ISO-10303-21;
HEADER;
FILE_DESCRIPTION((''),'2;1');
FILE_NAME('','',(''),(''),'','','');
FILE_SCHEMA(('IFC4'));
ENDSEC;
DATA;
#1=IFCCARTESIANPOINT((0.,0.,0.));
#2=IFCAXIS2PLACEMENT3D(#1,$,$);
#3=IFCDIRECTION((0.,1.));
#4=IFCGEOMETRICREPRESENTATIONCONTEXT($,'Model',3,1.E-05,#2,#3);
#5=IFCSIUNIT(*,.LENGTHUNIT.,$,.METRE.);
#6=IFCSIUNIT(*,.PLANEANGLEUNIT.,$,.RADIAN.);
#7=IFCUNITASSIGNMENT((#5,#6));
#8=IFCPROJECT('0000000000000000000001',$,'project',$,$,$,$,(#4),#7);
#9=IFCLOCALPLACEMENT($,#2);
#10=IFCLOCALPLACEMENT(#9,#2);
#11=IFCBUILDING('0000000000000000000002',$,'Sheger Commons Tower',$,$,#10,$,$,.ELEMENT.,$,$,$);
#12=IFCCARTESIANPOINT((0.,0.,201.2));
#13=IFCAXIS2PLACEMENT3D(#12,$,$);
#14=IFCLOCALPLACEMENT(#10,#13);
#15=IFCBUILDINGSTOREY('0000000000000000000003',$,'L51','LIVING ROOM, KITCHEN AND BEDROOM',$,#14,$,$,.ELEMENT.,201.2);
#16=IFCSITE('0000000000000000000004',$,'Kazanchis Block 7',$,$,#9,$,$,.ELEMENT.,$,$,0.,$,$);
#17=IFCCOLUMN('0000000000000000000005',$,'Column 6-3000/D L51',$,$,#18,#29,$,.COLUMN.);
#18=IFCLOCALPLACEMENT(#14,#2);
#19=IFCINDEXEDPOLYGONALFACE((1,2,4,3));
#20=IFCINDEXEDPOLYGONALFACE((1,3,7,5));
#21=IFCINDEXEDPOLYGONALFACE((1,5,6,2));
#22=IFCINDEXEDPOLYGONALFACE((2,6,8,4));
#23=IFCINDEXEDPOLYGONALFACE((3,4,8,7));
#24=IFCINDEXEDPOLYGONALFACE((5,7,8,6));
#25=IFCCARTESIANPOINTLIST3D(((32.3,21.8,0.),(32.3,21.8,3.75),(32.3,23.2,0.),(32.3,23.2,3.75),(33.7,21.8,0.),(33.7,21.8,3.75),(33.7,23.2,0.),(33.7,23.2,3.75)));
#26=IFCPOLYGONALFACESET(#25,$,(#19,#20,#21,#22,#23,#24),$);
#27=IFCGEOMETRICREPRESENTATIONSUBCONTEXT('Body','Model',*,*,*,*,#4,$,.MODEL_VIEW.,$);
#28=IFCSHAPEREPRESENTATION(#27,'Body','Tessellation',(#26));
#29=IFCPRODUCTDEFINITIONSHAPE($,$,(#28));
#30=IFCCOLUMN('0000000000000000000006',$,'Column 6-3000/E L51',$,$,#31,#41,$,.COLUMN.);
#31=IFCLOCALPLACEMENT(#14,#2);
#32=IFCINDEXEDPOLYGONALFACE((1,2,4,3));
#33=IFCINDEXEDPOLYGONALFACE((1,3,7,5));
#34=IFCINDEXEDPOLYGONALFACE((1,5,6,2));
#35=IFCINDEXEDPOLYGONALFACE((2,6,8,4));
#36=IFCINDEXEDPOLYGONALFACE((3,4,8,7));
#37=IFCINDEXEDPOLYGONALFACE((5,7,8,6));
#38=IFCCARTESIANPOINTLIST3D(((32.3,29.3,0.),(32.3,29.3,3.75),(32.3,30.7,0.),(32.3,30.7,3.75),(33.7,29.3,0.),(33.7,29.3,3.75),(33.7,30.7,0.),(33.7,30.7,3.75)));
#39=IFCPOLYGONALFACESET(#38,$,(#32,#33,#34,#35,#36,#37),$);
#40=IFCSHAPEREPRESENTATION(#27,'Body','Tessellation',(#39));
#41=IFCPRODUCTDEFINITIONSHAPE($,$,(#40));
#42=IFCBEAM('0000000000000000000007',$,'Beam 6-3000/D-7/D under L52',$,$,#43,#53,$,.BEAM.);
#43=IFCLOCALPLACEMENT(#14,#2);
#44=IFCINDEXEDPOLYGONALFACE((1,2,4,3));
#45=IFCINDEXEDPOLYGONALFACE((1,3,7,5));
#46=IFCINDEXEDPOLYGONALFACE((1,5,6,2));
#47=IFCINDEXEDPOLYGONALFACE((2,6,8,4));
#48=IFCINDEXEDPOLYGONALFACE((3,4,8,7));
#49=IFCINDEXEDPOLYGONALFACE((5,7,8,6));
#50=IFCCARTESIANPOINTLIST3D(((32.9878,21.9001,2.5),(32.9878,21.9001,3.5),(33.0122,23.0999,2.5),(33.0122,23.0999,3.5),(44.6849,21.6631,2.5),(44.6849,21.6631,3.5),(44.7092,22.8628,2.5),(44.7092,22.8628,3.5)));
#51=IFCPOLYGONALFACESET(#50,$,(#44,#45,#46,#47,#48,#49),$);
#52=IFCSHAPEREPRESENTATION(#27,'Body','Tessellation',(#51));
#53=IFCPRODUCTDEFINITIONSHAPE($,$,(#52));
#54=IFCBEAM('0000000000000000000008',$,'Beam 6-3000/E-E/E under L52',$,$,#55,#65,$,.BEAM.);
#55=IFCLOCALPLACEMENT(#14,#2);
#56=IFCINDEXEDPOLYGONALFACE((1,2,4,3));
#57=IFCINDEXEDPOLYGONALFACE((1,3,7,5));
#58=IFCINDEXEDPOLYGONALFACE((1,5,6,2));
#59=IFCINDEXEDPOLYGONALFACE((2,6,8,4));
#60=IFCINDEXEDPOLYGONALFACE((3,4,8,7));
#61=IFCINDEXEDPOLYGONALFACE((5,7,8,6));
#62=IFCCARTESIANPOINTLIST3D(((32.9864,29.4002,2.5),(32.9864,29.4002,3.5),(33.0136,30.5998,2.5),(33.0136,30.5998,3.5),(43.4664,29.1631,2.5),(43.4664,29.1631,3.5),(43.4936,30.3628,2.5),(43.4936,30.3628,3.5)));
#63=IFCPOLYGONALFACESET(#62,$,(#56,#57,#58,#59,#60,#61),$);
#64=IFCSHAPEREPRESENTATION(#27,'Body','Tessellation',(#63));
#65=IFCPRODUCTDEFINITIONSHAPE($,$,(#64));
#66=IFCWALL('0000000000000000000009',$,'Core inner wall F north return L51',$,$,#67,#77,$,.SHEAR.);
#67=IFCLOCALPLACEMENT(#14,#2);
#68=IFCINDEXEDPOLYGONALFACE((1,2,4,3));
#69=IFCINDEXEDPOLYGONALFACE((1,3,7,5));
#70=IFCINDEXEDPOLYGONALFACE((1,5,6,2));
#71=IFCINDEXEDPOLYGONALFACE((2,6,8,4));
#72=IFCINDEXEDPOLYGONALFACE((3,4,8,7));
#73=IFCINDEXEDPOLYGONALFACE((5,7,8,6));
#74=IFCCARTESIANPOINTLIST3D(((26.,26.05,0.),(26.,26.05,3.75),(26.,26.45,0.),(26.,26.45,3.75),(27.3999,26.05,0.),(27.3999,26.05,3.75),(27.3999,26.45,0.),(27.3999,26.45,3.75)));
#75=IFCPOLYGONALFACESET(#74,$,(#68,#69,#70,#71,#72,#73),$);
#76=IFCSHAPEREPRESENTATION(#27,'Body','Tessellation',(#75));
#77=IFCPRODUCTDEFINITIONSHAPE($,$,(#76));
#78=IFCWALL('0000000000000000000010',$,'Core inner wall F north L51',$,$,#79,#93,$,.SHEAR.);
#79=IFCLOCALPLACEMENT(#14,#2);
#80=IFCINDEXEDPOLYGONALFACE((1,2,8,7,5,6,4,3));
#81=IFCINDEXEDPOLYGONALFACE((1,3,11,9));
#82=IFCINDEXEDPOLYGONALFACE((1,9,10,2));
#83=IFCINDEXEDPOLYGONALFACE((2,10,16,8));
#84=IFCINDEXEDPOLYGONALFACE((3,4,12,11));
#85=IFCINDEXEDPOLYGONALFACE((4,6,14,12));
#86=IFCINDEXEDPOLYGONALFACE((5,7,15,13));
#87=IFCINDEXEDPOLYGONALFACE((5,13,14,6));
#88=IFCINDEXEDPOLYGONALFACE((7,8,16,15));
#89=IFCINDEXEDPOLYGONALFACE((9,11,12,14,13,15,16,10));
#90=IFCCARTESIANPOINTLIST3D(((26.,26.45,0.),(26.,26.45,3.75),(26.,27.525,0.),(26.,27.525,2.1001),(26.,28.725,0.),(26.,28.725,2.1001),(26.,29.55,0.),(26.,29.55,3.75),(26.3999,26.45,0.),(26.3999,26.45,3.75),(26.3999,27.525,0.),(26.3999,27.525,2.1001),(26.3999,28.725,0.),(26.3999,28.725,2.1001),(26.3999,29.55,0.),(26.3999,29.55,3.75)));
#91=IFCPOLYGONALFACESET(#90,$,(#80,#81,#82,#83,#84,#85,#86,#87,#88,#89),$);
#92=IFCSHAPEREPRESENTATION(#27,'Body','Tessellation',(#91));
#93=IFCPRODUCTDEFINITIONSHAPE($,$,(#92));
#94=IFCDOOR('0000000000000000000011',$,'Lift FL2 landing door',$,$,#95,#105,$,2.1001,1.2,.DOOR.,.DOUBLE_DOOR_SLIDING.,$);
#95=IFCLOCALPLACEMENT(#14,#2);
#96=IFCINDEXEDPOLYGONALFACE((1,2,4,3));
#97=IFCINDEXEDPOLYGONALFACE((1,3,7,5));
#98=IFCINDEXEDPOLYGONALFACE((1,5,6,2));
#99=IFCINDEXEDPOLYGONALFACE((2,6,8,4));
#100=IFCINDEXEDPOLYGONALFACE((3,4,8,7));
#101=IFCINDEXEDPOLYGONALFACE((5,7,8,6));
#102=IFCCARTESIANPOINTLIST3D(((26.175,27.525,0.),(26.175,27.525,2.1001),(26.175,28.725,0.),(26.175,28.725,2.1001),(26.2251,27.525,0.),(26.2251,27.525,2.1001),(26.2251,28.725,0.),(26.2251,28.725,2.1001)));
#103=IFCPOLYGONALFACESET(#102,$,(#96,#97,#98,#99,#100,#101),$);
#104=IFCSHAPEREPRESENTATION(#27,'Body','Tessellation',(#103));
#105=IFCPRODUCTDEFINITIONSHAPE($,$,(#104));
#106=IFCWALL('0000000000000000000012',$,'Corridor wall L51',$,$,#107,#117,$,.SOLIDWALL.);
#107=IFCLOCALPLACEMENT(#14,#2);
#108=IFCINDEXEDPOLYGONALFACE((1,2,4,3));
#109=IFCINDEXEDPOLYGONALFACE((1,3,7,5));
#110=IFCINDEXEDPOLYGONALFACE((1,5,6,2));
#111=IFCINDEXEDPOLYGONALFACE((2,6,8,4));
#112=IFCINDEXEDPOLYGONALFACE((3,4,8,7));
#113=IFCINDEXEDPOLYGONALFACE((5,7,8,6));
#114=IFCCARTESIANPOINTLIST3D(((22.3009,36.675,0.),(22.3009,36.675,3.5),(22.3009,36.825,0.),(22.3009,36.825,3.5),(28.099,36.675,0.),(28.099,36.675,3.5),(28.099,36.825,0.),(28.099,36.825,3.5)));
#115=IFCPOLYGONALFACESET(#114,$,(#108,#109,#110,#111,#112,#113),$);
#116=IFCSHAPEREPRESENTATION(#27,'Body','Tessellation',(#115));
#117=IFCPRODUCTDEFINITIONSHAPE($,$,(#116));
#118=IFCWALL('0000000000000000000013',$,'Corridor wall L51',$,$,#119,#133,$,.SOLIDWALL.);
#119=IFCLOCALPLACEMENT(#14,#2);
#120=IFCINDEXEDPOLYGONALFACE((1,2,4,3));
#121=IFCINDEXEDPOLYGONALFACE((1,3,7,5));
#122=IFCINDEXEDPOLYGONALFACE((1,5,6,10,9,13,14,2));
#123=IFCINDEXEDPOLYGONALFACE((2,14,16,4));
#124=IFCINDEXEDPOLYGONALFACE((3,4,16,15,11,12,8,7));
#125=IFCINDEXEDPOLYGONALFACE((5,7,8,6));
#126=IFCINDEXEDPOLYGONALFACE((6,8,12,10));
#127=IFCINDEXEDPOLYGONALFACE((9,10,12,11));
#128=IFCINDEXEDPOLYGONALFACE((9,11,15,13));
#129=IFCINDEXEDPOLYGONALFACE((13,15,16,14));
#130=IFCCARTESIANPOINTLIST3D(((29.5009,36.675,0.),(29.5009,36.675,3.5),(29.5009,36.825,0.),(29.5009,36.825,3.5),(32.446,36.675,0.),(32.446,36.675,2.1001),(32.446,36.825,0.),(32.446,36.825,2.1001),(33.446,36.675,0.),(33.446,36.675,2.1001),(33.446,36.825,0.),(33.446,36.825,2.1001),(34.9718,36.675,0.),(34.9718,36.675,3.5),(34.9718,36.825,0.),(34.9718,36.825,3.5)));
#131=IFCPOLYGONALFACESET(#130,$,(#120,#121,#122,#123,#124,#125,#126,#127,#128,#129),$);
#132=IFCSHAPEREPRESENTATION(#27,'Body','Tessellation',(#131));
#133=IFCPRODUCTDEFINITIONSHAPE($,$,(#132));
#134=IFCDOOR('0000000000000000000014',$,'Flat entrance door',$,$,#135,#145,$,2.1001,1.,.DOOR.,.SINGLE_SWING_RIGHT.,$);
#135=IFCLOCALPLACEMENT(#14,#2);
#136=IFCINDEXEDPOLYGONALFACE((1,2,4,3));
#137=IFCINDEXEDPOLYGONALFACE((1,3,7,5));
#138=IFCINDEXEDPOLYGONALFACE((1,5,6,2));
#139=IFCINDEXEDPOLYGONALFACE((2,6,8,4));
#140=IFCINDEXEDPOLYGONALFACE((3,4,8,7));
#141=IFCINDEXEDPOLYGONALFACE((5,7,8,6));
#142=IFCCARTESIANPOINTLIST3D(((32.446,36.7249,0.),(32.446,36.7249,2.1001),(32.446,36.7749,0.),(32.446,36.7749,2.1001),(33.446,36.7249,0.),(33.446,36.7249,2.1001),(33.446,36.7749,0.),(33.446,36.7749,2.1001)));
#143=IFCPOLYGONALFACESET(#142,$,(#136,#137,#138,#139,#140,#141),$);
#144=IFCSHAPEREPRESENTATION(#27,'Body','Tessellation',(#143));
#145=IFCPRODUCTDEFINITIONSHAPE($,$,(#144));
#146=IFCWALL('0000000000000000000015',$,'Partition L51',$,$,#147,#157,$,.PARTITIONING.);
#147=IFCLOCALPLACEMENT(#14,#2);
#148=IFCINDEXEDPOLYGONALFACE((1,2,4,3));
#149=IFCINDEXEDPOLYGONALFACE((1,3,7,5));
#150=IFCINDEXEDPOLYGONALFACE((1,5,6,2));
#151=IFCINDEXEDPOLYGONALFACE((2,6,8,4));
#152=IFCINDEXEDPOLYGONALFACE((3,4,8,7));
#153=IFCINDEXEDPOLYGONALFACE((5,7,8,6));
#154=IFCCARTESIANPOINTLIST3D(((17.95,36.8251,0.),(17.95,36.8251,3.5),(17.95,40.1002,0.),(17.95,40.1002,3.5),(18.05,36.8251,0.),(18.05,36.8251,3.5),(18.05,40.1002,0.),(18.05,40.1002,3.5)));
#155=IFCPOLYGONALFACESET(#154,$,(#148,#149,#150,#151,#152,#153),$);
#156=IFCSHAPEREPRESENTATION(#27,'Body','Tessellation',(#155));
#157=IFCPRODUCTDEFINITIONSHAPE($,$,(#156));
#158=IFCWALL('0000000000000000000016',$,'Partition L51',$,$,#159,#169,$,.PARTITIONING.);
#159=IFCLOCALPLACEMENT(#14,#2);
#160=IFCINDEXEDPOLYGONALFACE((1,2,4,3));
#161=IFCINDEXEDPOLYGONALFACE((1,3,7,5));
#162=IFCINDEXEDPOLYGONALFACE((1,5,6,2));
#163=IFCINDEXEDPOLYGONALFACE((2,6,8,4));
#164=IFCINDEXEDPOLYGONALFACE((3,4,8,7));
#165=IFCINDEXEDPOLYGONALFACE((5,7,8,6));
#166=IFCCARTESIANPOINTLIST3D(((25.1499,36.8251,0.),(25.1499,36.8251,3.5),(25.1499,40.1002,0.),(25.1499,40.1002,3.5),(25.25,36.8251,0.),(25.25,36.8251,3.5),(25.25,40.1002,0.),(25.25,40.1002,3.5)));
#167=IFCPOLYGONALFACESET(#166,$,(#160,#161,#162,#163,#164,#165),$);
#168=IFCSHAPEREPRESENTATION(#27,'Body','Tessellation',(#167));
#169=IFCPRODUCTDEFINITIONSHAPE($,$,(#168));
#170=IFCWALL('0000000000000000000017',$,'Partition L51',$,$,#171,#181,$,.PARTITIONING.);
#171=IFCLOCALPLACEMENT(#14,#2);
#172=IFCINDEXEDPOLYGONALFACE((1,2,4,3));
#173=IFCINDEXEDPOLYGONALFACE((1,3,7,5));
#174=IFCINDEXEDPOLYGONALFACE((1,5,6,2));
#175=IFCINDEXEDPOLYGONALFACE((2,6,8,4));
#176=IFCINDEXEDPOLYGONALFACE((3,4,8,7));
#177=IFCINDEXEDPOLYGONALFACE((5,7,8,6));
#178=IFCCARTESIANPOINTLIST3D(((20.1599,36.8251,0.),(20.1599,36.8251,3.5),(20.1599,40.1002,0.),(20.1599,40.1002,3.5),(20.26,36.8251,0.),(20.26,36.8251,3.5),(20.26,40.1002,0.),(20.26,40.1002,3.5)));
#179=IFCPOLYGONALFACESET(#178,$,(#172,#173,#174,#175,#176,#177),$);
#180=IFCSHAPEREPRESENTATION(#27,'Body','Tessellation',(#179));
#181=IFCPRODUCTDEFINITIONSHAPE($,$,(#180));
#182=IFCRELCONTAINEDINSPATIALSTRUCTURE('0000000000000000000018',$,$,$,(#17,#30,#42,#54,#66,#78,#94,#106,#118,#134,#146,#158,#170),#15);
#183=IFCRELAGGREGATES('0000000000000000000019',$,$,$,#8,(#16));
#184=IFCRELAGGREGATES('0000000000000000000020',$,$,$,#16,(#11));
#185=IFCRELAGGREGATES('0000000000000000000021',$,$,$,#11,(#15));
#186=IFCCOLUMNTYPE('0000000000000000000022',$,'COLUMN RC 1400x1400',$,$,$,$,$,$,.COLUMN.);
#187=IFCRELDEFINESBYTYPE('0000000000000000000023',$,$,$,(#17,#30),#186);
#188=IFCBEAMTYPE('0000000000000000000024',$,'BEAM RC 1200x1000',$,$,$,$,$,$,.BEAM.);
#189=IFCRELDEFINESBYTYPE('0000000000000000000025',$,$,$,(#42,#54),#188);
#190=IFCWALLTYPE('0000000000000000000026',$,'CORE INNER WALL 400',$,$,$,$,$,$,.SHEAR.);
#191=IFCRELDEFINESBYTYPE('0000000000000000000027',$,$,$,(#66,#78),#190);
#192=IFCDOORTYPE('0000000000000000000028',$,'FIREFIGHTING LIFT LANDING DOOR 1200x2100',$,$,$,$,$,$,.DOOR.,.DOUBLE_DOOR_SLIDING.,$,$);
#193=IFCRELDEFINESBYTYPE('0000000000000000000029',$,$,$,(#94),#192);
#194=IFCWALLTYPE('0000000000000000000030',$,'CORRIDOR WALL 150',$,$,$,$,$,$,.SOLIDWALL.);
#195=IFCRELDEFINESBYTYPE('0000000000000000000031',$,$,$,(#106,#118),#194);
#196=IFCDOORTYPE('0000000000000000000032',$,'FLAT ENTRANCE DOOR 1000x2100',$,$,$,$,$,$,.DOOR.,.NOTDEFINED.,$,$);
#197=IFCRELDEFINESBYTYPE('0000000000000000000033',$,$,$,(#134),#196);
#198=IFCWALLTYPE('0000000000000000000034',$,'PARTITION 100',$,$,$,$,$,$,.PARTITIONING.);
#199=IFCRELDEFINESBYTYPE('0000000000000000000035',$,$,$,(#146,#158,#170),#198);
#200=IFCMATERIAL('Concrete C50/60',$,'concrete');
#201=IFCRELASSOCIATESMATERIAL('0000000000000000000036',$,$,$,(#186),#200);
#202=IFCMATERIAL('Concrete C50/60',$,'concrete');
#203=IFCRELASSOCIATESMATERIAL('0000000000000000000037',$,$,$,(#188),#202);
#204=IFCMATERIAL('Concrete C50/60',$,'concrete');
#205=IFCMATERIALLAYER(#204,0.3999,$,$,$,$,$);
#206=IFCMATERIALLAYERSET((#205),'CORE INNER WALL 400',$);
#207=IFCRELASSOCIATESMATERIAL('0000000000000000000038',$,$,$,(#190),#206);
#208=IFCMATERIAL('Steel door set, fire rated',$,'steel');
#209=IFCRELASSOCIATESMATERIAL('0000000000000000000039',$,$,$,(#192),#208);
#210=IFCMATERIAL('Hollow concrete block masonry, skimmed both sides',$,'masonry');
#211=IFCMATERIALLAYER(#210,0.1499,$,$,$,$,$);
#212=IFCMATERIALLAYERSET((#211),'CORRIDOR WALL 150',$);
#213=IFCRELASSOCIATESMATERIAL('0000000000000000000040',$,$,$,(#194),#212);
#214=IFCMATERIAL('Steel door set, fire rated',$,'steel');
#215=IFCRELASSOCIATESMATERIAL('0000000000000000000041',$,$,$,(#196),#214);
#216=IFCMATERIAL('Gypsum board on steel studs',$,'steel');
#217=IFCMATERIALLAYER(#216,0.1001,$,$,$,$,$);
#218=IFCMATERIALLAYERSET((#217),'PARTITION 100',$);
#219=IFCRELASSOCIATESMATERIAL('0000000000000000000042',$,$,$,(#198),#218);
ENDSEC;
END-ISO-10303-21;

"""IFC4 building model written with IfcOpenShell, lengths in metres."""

from ifc_helpers import new_model, si_unit, direction, frame, frame_2d, origin, origin_2d, place, context, subcontext, project, spatial, rectangle, extrude, material, layer, layer_set, material_profile, profile_set, type_object, element, fill, save


model = new_model("IFC4")

# Units and contexts
model_context = context("Model", 3, precision=1e-05, world=origin(), true_north=direction((0.0, 1.0)))
body_context = subcontext(model_context, "Body", "Model", "MODEL_VIEW")
ifc_project = project(units=[si_unit("LENGTHUNIT", "METRE"), si_unit("PLANEANGLEUNIT", "RADIAN")], contexts=[model_context])

# Site, building, storey
site_placement = place(None, origin())
site = spatial("IfcSite", under=ifc_project, at=site_placement, Name="Kazanchis Block 7", CompositionType="ELEMENT", RefElevation=0.0)
building_placement = place(site_placement, origin())
building = spatial("IfcBuilding", under=site, at=building_placement, Name="Sheger Commons Tower", CompositionType="ELEMENT")
storey_placement = place(building_placement, frame((0.0, 0.0, 201.2)))
storey = spatial("IfcBuildingStorey", under=building, at=storey_placement, Name="L51", Description="LIVING ROOM, KITCHEN AND BEDROOM", CompositionType="ELEMENT", Elevation=201.2)

# Columns
ifc_material_1 = material(Name="Concrete C50/60", Category="concrete")
ifc_material_profile_1 = material_profile(ifc_material_1, rectangle(XDim=1.3999, YDim=1.3999, at=origin_2d()), Name="RC 1400x1400")
ifc_profile_set_1 = profile_set([ifc_material_profile_1], Name="Concrete C50/60")
column_type = type_object("IfcColumnType", Name="COLUMN RC 1400x1400", PredefinedType="COLUMN", material=ifc_profile_set_1)
for number, where, z_axis, x_axis, name in (
    (1, (33.0, 22.5, 0.0), (0.0, 0.0, 1.0), (1.0, 0.0, 0.0), "Column 6-3000/D L51"),
    (2, (33.0, 30.0, 0.0), (0.0, 0.0, 1.0), (1.0, 0.0, 0.0), "Column 6-3000/E L51"),
):
    element("IfcColumn", number, at=place(storey_placement, frame(where, z_axis=z_axis, x_axis=x_axis)), inside=storey, type_object=column_type, Name=name, PredefinedType="COLUMN", context=body_context, shape_type="SweptSolid", body=[
        extrude(rectangle(XDim=1.3999, YDim=1.3999, at=origin_2d()), origin(), (0.0, 0.0, 1.0), 3.75),
    ])

# Beams
ifc_material_2 = material(Name="Concrete C50/60", Category="concrete")
ifc_material_profile_2 = material_profile(ifc_material_2, rectangle(XDim=1.2, YDim=1.0, at=origin_2d()), Name="RC 1200x1000")
ifc_profile_set_2 = profile_set([ifc_material_profile_2], Name="Concrete C50/60")
beam_type = type_object("IfcBeamType", Name="BEAM RC 1200x1000", PredefinedType="BEAM", material=ifc_profile_set_2)
beam_1_placement = place(storey_placement, frame((33.0, 22.5, 3.0), z_axis=(0.999795, -0.020263, 0.0), x_axis=(0.020263, 0.999795, 0.0)))
element("IfcBeam", 3, at=beam_1_placement, inside=storey, type_object=beam_type, Name="Beam 6-3000/D-7/D under L52", PredefinedType="BEAM", context=body_context, shape_type="SweptSolid", body=[
    extrude(rectangle(XDim=1.2, YDim=1.0, at=origin_2d()), origin(), (0.0, 0.0, 1.0), 11.6995),
])
beam_2_placement = place(storey_placement, frame((33.0, 30.0, 3.0), z_axis=(0.999744, -0.022615, 0.0), x_axis=(0.022615, 0.999744, 0.0)))
element("IfcBeam", 4, at=beam_2_placement, inside=storey, type_object=beam_type, Name="Beam 6-3000/E-E/E under L52", PredefinedType="BEAM", context=body_context, shape_type="SweptSolid", body=[
    extrude(rectangle(XDim=1.2, YDim=1.0, at=origin_2d()), origin(), (0.0, 0.0, 1.0), 10.4827),
])

# Wall
ifc_material_3 = material(Name="Concrete C50/60", Category="concrete")
ifc_layer_1 = layer(ifc_material_3, 0.3999)
ifc_layer_set_1 = layer_set([ifc_layer_1], Name="CORE INNER WALL 400")
wall_type_1 = type_object("IfcWallType", Name="CORE INNER WALL 400", PredefinedType="SHEAR", material=ifc_layer_set_1)
wall_1_placement = place(storey_placement, frame((26.0, 26.25, 0.0), z_axis=(0.0, 0.0, 1.0), x_axis=(1.0, 0.0, 0.0)))
element("IfcWall", 5, at=wall_1_placement, inside=storey, type_object=wall_type_1, Name="Core inner wall F north return L51", PredefinedType="SHEAR", context=body_context, shape_type="SweptSolid", body=[
    extrude(rectangle(XDim=1.3999, YDim=0.3999, at=frame_2d((0.7, 0.0))), origin(), (0.0, 0.0, 1.0), 3.75),
])

# Wall, opening, door
wall_2_placement = place(storey_placement, frame((26.2, 26.45, 0.0), z_axis=(0.0, 0.0, 1.0), x_axis=(0.0, 1.0, 0.0)))
wall_2 = element("IfcWall", 6, at=wall_2_placement, inside=storey, type_object=wall_type_1, Name="Core inner wall F north L51", PredefinedType="SHEAR", context=body_context, shape_type="SweptSolid", body=[
    extrude(rectangle(XDim=3.1001, YDim=0.3999, at=frame_2d((1.55, 0.0))), origin(), (0.0, 0.0, 1.0), 3.75),
])
opening_1_placement = place(wall_2_placement, frame((1.075, 0.0, 0.0)))
opening_1 = element("IfcOpeningElement", 7, at=opening_1_placement, cuts=wall_2, PredefinedType="OPENING", context=body_context, shape_type="SweptSolid", body=[
    extrude(rectangle(XDim=1.2, YDim=2.1001, at=frame_2d((0.6001, 1.05))), frame((0.0, 0.21, 0.0), z_axis=(0.0, -1.0, 0.0), x_axis=(1.0, 0.0, 0.0)), (0.0, 0.0, 1.0), 0.4199),
])
ifc_material_4 = material(Name="Steel door set, fire rated", Category="steel")
door_type_1 = type_object("IfcDoorType", Name="FIREFIGHTING LIFT LANDING DOOR 1200x2100", OperationType="DOUBLE_DOOR_SLIDING", PredefinedType="DOOR", material=ifc_material_4)
door_1_placement = place(opening_1_placement, origin())
door_1 = element("IfcDoor", 8, at=door_1_placement, inside=storey, type_object=door_type_1, Name="Lift FL2 landing door", OperationType="DOUBLE_DOOR_SLIDING", OverallHeight=2.1001, OverallWidth=1.2, PredefinedType="DOOR", context=body_context, shape_type="SweptSolid", body=[
    extrude(rectangle(XDim=1.2, YDim=2.1001, at=frame_2d((0.6001, 1.05))), frame((0.0, 0.0249, 0.0), z_axis=(0.0, -1.0, 0.0), x_axis=(1.0, 0.0, 0.0)), (0.0, 0.0, 1.0), 0.05),
])
fill(opening_1, door_1)

# Wall
ifc_material_5 = material(Name="Hollow concrete block masonry, skimmed both sides", Category="masonry")
ifc_layer_2 = layer(ifc_material_5, 0.1499)
ifc_layer_set_2 = layer_set([ifc_layer_2], Name="CORRIDOR WALL 150")
wall_type_2 = type_object("IfcWallType", Name="CORRIDOR WALL 150", PredefinedType="SOLIDWALL", material=ifc_layer_set_2)
wall_3_placement = place(storey_placement, frame((22.301, 36.75, 0.0), z_axis=(0.0, 0.0, 1.0), x_axis=(1.0, 0.0, 0.0)))
element("IfcWall", 9, at=wall_3_placement, inside=storey, type_object=wall_type_2, Name="Corridor wall L51", PredefinedType="SOLIDWALL", context=body_context, shape_type="SweptSolid", body=[
    extrude(rectangle(XDim=5.7981, YDim=0.1499, at=frame_2d((2.8989, 0.0))), origin(), (0.0, 0.0, 1.0), 3.5),
])

# Wall, opening, door
wall_4_placement = place(storey_placement, frame((29.501, 36.75, 0.0), z_axis=(0.0, 0.0, 1.0), x_axis=(1.0, 0.0, 0.0)))
wall_4 = element("IfcWall", 10, at=wall_4_placement, inside=storey, type_object=wall_type_2, Name="Corridor wall L51", PredefinedType="SOLIDWALL", context=body_context, shape_type="SweptSolid", body=[
    extrude(rectangle(XDim=5.4709, YDim=0.1499, at=frame_2d((2.7354, 0.0))), origin(), (0.0, 0.0, 1.0), 3.5),
])
opening_2_placement = place(wall_4_placement, frame((2.9451, 0.0, 0.0)))
opening_2 = element("IfcOpeningElement", 11, at=opening_2_placement, cuts=wall_4, PredefinedType="OPENING", context=body_context, shape_type="SweptSolid", body=[
    extrude(rectangle(XDim=1.0, YDim=2.1001, at=frame_2d((0.5, 1.05))), frame((0.0, 0.085, 0.0), z_axis=(0.0, -1.0, 0.0), x_axis=(1.0, 0.0, 0.0)), (0.0, 0.0, 1.0), 0.1699),
])
ifc_material_6 = material(Name="Steel door set, fire rated", Category="steel")
door_type_2 = type_object("IfcDoorType", Name="FLAT ENTRANCE DOOR 1000x2100", OperationType="NOTDEFINED", PredefinedType="DOOR", material=ifc_material_6)
door_2_placement = place(opening_2_placement, origin())
door_2 = element("IfcDoor", 12, at=door_2_placement, inside=storey, type_object=door_type_2, Name="Flat entrance door", OperationType="SINGLE_SWING_RIGHT", OverallHeight=2.1001, OverallWidth=1.0, PredefinedType="DOOR", context=body_context, shape_type="SweptSolid", body=[
    extrude(rectangle(XDim=1.0, YDim=2.1001, at=frame_2d((0.5, 1.05))), frame((0.0, 0.0249, 0.0), z_axis=(0.0, -1.0, 0.0), x_axis=(1.0, 0.0, 0.0)), (0.0, 0.0, 1.0), 0.05),
])
fill(opening_2, door_2)

# Walls
ifc_material_7 = material(Name="Gypsum board on steel studs", Category="steel")
ifc_layer_3 = layer(ifc_material_7, 0.1001)
ifc_layer_set_3 = layer_set([ifc_layer_3], Name="PARTITION 100")
wall_type_3 = type_object("IfcWallType", Name="PARTITION 100", PredefinedType="PARTITIONING", material=ifc_layer_set_3)
for number, where, z_axis, x_axis, name in (
    (13, (18.0, 36.825, 0.0), (0.0, 0.0, 1.0), (0.0, 1.0, 0.0), "Partition L51"),
    (14, (25.2, 36.825, 0.0), (0.0, 0.0, 1.0), (0.0, 1.0, 0.0), "Partition L51"),
    (15, (20.21, 36.825, 0.0), (0.0, 0.0, 1.0), (0.0, 1.0, 0.0), "Partition L51"),
):
    element("IfcWall", number, at=place(storey_placement, frame(where, z_axis=z_axis, x_axis=x_axis)), inside=storey, type_object=wall_type_3, Name=name, PredefinedType="PARTITIONING", context=body_context, shape_type="SweptSolid", body=[
        extrude(rectangle(XDim=3.2751, YDim=0.1001, at=frame_2d((1.6377, 0.0))), origin(), (0.0, 0.0, 1.0), 3.5),
    ])

save(model, "model.ifc")
